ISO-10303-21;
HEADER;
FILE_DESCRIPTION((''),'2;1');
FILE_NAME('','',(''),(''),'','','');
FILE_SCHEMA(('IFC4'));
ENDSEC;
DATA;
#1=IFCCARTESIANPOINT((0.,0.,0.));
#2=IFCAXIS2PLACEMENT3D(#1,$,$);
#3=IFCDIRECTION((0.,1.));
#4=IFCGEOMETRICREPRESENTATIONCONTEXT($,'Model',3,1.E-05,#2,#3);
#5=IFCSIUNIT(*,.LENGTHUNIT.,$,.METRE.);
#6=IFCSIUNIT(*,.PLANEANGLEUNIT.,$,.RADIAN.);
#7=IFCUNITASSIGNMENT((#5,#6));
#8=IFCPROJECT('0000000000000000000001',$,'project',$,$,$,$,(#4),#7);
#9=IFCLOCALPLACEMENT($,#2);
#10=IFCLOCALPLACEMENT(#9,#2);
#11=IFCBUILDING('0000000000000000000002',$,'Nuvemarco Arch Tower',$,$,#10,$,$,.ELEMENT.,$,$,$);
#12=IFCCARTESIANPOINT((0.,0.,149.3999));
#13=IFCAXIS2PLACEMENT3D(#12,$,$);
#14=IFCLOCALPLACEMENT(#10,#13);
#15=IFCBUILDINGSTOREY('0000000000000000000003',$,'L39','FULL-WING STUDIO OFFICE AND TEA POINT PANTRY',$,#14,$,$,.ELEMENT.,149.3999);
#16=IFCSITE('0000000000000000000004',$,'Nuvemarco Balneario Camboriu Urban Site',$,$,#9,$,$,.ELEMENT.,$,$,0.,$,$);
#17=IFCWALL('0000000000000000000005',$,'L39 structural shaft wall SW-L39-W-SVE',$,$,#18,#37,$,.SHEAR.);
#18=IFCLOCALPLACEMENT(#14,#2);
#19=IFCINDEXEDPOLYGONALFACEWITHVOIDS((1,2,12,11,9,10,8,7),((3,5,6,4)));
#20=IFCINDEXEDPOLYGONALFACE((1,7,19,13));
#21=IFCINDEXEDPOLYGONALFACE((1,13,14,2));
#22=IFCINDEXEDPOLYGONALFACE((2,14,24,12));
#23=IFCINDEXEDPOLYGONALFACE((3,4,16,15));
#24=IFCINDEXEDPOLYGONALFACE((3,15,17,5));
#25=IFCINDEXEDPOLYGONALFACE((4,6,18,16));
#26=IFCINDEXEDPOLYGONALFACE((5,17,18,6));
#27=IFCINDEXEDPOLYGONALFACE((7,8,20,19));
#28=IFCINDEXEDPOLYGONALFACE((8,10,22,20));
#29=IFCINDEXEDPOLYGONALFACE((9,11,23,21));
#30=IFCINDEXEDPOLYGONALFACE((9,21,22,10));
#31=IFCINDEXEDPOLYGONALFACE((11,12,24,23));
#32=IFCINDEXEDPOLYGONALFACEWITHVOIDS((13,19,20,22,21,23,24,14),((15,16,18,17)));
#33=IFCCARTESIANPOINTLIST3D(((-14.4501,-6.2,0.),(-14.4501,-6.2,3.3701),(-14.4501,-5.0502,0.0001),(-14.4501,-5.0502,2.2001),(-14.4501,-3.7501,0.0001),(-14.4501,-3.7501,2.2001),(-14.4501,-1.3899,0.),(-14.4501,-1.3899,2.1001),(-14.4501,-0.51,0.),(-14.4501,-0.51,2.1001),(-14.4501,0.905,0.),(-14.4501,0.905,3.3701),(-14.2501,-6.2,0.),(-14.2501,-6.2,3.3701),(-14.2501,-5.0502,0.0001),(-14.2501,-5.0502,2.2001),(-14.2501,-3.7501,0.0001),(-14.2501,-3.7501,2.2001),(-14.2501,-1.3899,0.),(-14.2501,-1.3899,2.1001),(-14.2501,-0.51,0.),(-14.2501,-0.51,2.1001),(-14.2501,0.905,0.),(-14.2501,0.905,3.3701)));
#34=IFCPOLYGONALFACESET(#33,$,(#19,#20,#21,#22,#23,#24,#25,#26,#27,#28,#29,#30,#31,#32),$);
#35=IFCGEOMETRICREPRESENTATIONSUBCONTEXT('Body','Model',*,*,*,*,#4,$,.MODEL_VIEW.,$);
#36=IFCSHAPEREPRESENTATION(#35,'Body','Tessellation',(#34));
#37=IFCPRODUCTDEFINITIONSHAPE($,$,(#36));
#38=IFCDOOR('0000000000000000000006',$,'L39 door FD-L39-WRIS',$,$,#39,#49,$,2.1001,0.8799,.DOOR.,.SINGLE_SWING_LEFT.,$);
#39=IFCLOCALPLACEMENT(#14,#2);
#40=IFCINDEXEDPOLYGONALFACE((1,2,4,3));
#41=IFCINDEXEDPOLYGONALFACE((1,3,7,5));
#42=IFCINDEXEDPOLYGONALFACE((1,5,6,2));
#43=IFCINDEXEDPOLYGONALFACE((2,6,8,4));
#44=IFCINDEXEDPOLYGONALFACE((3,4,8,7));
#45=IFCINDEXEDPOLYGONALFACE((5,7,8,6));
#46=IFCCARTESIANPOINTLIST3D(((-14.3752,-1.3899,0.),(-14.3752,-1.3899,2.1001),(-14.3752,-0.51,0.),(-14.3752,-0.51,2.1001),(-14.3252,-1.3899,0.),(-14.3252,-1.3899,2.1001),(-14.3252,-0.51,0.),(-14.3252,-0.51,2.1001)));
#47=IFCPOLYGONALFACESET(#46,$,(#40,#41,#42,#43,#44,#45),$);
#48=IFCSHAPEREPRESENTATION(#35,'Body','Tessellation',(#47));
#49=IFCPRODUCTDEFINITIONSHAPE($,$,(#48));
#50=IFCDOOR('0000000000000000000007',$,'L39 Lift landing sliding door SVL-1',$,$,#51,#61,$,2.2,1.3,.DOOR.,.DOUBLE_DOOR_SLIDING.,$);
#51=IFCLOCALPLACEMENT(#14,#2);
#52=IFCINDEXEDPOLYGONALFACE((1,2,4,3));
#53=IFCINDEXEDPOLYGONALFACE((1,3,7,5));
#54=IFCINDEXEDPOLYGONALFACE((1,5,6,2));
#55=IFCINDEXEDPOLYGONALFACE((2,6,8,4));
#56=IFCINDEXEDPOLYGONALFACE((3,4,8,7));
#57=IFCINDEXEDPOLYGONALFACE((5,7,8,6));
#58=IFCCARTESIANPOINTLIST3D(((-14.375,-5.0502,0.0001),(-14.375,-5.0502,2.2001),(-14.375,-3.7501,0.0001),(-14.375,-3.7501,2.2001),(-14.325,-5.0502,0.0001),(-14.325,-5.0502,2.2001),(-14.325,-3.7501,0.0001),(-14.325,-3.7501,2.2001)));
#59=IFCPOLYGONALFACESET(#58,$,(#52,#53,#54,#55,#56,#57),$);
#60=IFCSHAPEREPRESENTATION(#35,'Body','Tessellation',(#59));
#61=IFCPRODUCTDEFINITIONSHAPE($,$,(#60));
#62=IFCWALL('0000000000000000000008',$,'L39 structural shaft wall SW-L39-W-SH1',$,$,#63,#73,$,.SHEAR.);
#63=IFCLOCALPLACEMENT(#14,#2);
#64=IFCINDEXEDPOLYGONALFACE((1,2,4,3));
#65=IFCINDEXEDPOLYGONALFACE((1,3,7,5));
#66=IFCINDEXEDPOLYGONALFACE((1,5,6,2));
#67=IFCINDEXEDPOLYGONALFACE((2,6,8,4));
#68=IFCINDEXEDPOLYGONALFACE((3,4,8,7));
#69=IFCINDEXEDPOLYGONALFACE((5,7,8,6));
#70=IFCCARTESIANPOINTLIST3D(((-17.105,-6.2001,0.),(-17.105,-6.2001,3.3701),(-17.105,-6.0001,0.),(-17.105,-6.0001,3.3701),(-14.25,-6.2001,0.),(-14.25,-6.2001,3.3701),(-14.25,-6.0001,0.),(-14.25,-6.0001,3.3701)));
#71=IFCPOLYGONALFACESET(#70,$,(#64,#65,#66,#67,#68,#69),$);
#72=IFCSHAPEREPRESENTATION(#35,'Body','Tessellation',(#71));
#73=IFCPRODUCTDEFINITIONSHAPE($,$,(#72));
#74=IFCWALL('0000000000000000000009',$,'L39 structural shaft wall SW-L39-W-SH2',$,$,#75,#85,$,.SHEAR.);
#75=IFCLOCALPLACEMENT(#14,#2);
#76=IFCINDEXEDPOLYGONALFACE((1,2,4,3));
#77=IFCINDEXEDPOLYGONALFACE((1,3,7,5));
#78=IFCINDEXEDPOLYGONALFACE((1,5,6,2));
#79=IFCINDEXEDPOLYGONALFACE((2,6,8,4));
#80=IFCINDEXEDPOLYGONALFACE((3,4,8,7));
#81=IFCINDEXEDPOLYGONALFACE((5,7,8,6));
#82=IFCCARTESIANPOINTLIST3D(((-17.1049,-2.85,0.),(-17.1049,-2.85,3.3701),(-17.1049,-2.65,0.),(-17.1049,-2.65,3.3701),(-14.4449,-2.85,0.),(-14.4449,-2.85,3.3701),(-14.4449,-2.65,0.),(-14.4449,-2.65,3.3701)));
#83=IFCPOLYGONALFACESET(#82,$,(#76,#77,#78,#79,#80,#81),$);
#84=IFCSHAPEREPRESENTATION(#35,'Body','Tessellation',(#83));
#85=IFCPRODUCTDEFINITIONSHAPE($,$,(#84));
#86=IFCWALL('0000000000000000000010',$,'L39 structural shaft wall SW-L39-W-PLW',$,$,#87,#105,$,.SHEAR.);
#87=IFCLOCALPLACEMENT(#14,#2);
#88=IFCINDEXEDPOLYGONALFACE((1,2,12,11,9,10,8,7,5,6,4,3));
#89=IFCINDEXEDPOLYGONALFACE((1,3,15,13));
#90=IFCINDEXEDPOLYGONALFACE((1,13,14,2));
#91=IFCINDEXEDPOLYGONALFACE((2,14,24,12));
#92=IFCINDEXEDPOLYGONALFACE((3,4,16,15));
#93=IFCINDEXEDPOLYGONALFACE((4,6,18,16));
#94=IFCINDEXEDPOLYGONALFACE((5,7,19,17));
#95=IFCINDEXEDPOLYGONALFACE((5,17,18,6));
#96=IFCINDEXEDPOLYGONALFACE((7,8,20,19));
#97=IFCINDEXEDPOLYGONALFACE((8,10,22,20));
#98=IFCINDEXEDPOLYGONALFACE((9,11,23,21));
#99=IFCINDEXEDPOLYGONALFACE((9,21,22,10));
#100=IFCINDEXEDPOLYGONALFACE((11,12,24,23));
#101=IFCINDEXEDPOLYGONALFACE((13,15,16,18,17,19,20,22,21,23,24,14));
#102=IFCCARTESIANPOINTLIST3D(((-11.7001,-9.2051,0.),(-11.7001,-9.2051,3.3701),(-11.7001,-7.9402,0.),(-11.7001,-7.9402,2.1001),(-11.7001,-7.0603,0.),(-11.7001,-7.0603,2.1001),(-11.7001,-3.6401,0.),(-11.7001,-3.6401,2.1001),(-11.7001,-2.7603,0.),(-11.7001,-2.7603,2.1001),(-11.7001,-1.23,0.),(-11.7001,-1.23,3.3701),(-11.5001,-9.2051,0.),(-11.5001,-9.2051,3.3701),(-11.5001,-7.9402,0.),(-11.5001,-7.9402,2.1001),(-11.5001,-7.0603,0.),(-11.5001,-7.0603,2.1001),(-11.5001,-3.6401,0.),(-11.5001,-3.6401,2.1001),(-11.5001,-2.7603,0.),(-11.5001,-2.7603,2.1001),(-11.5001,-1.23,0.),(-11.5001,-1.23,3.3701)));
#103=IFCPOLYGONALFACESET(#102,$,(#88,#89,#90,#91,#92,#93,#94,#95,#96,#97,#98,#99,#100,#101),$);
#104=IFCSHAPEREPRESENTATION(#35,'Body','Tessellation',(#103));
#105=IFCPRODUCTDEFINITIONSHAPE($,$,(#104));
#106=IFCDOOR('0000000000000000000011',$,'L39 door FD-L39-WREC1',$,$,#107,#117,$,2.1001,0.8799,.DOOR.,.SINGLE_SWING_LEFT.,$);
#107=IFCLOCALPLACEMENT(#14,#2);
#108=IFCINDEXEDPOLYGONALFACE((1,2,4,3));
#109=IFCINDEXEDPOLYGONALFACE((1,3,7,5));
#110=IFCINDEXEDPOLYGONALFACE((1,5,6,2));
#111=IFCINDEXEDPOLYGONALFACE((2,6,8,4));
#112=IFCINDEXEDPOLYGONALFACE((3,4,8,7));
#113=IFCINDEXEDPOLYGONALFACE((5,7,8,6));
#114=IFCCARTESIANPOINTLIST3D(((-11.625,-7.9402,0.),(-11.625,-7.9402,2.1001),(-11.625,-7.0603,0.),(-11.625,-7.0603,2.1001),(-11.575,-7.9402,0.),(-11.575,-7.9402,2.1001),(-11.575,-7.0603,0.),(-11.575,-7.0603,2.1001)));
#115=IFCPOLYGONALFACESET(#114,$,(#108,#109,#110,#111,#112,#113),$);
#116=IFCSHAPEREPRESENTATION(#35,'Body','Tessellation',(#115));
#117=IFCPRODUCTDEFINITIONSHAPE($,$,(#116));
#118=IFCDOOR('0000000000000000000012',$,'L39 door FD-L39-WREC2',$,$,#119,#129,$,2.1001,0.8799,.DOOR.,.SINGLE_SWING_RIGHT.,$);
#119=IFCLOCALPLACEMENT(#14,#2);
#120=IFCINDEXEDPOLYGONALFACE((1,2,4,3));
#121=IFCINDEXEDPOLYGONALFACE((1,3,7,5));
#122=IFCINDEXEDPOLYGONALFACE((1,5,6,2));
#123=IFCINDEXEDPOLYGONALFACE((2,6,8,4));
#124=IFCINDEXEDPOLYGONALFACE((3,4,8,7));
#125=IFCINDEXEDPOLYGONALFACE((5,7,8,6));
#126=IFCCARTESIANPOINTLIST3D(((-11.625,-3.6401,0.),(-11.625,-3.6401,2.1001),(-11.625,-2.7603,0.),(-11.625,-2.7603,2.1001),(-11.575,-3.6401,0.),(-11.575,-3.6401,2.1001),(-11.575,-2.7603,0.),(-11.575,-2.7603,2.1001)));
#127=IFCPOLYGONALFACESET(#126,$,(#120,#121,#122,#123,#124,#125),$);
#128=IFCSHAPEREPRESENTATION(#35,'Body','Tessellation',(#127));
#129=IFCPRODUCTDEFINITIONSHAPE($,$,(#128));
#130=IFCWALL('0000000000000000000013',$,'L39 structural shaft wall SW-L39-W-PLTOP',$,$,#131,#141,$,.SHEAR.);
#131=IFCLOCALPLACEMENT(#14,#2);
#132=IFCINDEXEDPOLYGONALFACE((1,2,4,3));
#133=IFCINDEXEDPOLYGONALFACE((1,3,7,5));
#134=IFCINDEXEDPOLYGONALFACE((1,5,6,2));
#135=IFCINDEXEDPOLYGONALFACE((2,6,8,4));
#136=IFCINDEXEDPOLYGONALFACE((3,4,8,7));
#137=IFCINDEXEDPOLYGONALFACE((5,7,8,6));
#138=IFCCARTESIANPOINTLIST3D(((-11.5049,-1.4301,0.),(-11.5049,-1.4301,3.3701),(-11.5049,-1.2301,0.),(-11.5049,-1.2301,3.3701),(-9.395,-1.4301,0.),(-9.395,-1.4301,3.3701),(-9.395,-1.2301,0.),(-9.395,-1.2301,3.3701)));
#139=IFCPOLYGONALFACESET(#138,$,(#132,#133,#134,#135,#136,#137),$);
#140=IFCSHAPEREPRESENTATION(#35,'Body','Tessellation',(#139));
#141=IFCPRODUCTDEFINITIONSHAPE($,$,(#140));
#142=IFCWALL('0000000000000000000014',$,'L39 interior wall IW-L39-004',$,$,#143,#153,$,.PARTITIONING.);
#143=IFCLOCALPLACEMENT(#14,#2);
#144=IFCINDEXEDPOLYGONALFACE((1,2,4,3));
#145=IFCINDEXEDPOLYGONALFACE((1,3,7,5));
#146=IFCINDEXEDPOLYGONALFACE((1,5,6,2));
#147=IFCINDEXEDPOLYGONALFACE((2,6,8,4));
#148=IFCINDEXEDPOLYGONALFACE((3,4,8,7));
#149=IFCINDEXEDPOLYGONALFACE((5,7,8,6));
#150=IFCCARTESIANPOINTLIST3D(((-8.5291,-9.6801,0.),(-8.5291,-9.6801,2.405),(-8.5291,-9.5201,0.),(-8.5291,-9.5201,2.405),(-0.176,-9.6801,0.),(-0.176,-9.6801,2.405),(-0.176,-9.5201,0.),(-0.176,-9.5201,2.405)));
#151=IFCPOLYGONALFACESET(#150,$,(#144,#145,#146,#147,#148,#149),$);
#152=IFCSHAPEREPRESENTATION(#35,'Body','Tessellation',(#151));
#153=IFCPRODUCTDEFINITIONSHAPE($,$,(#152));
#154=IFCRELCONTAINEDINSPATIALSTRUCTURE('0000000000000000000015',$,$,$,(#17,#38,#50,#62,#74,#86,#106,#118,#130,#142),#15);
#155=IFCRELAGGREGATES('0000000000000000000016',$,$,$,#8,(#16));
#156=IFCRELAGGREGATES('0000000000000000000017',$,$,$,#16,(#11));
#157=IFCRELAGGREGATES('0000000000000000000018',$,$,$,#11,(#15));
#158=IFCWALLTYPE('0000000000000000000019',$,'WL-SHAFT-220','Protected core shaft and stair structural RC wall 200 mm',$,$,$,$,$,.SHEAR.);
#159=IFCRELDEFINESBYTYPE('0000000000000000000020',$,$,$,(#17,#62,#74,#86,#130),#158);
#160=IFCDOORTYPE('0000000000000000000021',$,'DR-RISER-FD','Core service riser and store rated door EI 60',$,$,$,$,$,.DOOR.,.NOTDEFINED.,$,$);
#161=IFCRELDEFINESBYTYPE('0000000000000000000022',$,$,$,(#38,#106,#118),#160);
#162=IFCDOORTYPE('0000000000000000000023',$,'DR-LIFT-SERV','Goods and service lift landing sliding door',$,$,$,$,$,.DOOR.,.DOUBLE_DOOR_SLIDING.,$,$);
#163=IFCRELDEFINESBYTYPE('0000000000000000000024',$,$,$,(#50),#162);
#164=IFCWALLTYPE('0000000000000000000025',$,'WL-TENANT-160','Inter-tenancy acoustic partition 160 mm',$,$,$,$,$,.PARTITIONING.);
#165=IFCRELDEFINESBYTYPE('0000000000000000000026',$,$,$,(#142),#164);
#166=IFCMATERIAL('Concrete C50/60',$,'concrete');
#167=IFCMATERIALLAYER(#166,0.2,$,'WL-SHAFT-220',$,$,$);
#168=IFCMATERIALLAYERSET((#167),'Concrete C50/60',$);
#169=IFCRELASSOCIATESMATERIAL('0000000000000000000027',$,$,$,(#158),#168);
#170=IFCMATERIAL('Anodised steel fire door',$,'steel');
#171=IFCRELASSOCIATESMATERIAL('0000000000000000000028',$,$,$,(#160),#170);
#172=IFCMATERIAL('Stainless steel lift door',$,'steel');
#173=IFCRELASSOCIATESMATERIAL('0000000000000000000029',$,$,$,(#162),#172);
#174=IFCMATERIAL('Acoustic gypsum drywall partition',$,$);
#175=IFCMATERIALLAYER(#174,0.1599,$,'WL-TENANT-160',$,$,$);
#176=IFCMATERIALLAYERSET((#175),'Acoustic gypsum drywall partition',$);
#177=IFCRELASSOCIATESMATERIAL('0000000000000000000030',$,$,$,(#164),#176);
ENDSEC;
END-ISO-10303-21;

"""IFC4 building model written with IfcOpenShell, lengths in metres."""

from ifc_helpers import new_model, si_unit, direction, frame, frame_2d, origin, place, context, subcontext, project, spatial, rectangle, extrude, source, transform, mapped, material, layer, layer_set, type_object, type_shapes, element, fill, save


model = new_model("IFC4")

# Units and contexts
model_context = context("Model", 3, precision=1e-05, world=origin(), true_north=direction((0.0, 1.0)))
body_context = subcontext(model_context, "Body", "Model", "MODEL_VIEW")
ifc_project = project(units=[si_unit("LENGTHUNIT", "METRE"), si_unit("PLANEANGLEUNIT", "RADIAN")], contexts=[model_context])

# Site, building, storey
site_placement = place(None, origin())
site = spatial("IfcSite", under=ifc_project, at=site_placement, Name="Nuvemarco Balneario Camboriu Urban Site", CompositionType="ELEMENT", RefElevation=0.0)
building_placement = place(site_placement, origin())
building = spatial("IfcBuilding", under=site, at=building_placement, Name="Nuvemarco Arch Tower", CompositionType="ELEMENT")
storey_placement = place(building_placement, frame((0.0, 0.0, 149.3999)))
storey = spatial("IfcBuildingStorey", under=building, at=storey_placement, Name="L39", Description="FULL-WING STUDIO OFFICE AND TEA POINT PANTRY", CompositionType="ELEMENT", Elevation=149.3999)

# Shared definitions
ifc_material_1 = material(Name="Concrete C50/60", Category="concrete")

# Shared definitions
ifc_material_2 = material(Name="Anodised steel fire door", Category="steel")

# Shared definitions
ifc_layer_1 = layer(ifc_material_1, 0.2, Name="WL-SHAFT-220")
ifc_layer_set_1 = layer_set([ifc_layer_1], Name="Concrete C50/60")
wall_type_1 = type_object("IfcWallType", Name="WL-SHAFT-220", Description="Protected core shaft and stair structural RC wall 200 mm", PredefinedType="SHEAR", material=ifc_layer_set_1)
ifc_material_3 = material(Name="Stainless steel lift door", Category="steel")

# Wall, openings, doors
wall_1_placement = place(storey_placement, frame((-14.3501, -6.2, 0.0), z_axis=(0.0, 0.0, 1.0), x_axis=(0.0, 1.0, 0.0)))
wall_1 = element("IfcWall", 1, at=wall_1_placement, inside=storey, type_object=wall_type_1, Name="L39 structural shaft wall SW-L39-W-SVE", PredefinedType="SHEAR", context=body_context, shape_type="SweptSolid", body=[
    extrude(rectangle(XDim=7.105, YDim=0.2, at=frame_2d((3.5525, 0.0))), origin(), (0.0, 0.0, 1.0), 3.3701),
])
opening_1_placement = place(wall_1_placement, frame((5.6899, 0.0, 0.0), z_axis=(0.0, 0.0, 1.0), x_axis=(-1.0, 0.0, 0.0)))
opening_1 = element("IfcOpeningElement", 2, at=opening_1_placement, cuts=wall_1, PredefinedType="OPENING", context=body_context, shape_type="SweptSolid", body=[
    extrude(rectangle(XDim=0.8799, YDim=2.1001, at=frame_2d((0.4399, 1.05))), frame((0.0, 0.1099, 0.0), z_axis=(0.0, -1.0, 0.0), x_axis=(1.0, 0.0, 0.0)), (0.0, 0.0, 1.0), 0.22),
])
opening_2_placement = place(wall_1_placement, frame((1.1499, 0.0, 0.0)))
opening_2 = element("IfcOpeningElement", 3, at=opening_2_placement, cuts=wall_1, PredefinedType="OPENING", context=body_context, shape_type="SweptSolid", body=[
    extrude(rectangle(XDim=1.3, YDim=2.2, at=frame_2d((0.6499, 1.1001))), frame((0.0, 0.1099, 0.0), z_axis=(0.0, -1.0, 0.0), x_axis=(1.0, 0.0, 0.0)), (0.0, 0.0, 1.0), 0.22),
])
door_type_1 = type_object("IfcDoorType", Name="DR-RISER-FD", Description="Core service riser and store rated door EI 60", OperationType="NOTDEFINED", PredefinedType="DOOR", material=ifc_material_2)
shared_shape_1 = source(origin(), body_context, "Body", "SweptSolid", [
    extrude(rectangle(XDim=0.8799, YDim=2.1001, at=frame_2d((0.4399, 1.05))), frame((0.0, 0.0249, 0.0), z_axis=(0.0, -1.0, 0.0), x_axis=(1.0, 0.0, 0.0)), (0.0, 0.0, 1.0), 0.05),
])
type_shapes(door_type_1, [shared_shape_1])
door_1_placement = place(opening_1_placement, origin())
door_1 = element("IfcDoor", 4, at=door_1_placement, inside=storey, type_object=door_type_1, Name="L39 door FD-L39-WRIS", OperationType="SINGLE_SWING_LEFT", OverallHeight=2.1001, OverallWidth=0.8799, PredefinedType="DOOR", context=body_context, shape_type="MappedRepresentation", body=[
    mapped(shared_shape_1, transform((0.0, 0.0, 0.0), scale=1.0)),
])
fill(opening_1, door_1)
door_type_2 = type_object("IfcDoorType", Name="DR-LIFT-SERV", Description="Goods and service lift landing sliding door", OperationType="DOUBLE_DOOR_SLIDING", PredefinedType="DOOR", material=ifc_material_3)
shared_shape_2 = source(origin(), body_context, "Body", "SweptSolid", [
    extrude(rectangle(XDim=1.3, YDim=2.2, at=frame_2d((0.6499, 1.1001))), frame((0.0, 0.0249, 0.0), z_axis=(0.0, -1.0, 0.0), x_axis=(1.0, 0.0, 0.0)), (0.0, 0.0, 1.0), 0.05),
])
type_shapes(door_type_2, [shared_shape_2])
door_2_placement = place(opening_2_placement, origin())
door_2 = element("IfcDoor", 5, at=door_2_placement, inside=storey, type_object=door_type_2, Name="L39 Lift landing sliding door SVL-1", OperationType="DOUBLE_DOOR_SLIDING", OverallHeight=2.2, OverallWidth=1.3, PredefinedType="DOOR", context=body_context, shape_type="MappedRepresentation", body=[
    mapped(shared_shape_2, transform((0.0, 0.0, 0.0), scale=1.0)),
])
fill(opening_2, door_2)

# Walls
wall_2_placement = place(storey_placement, frame((-17.105, -6.1001, 0.0), z_axis=(0.0, 0.0, 1.0), x_axis=(1.0, 0.0, 0.0)))
element("IfcWall", 6, at=wall_2_placement, inside=storey, type_object=wall_type_1, Name="L39 structural shaft wall SW-L39-W-SH1", PredefinedType="SHEAR", context=body_context, shape_type="SweptSolid", body=[
    extrude(rectangle(XDim=2.855, YDim=0.2, at=frame_2d((1.4275, 0.0))), origin(), (0.0, 0.0, 1.0), 3.3701),
])
wall_3_placement = place(storey_placement, frame((-17.105, -2.75, 0.0), z_axis=(0.0, 0.0, 1.0), x_axis=(1.0, 0.0, 0.0)))
element("IfcWall", 7, at=wall_3_placement, inside=storey, type_object=wall_type_1, Name="L39 structural shaft wall SW-L39-W-SH2", PredefinedType="SHEAR", context=body_context, shape_type="SweptSolid", body=[
    extrude(rectangle(XDim=2.6599, YDim=0.2, at=frame_2d((1.3301, 0.0))), origin(), (0.0, 0.0, 1.0), 3.3701),
])

# Wall, openings, doors
wall_4_placement = place(storey_placement, frame((-11.6001, -9.2051, 0.0), z_axis=(0.0, 0.0, 1.0), x_axis=(0.0, 1.0, 0.0)))
wall_4 = element("IfcWall", 8, at=wall_4_placement, inside=storey, type_object=wall_type_1, Name="L39 structural shaft wall SW-L39-W-PLW", PredefinedType="SHEAR", context=body_context, shape_type="SweptSolid", body=[
    extrude(rectangle(XDim=7.9751, YDim=0.2, at=frame_2d((3.9875, 0.0))), origin(), (0.0, 0.0, 1.0), 3.3701),
])
opening_3_placement = place(wall_4_placement, frame((1.2649, 0.0, 0.0)))
opening_3 = element("IfcOpeningElement", 9, at=opening_3_placement, cuts=wall_4, PredefinedType="OPENING", context=body_context, shape_type="SweptSolid", body=[
    extrude(rectangle(XDim=0.8799, YDim=2.1001, at=frame_2d((0.4399, 1.05))), frame((0.0, 0.1099, 0.0), z_axis=(0.0, -1.0, 0.0), x_axis=(1.0, 0.0, 0.0)), (0.0, 0.0, 1.0), 0.22),
])
opening_4_placement = place(wall_4_placement, frame((5.5649, 0.0, 0.0)))
opening_4 = element("IfcOpeningElement", 10, at=opening_4_placement, cuts=wall_4, PredefinedType="OPENING", context=body_context, shape_type="SweptSolid", body=[
    extrude(rectangle(XDim=0.8799, YDim=2.1001, at=frame_2d((0.4399, 1.05))), frame((0.0, 0.1099, 0.0), z_axis=(0.0, -1.0, 0.0), x_axis=(1.0, 0.0, 0.0)), (0.0, 0.0, 1.0), 0.22),
])
door_3_placement = place(opening_3_placement, origin())
door_3 = element("IfcDoor", 11, at=door_3_placement, inside=storey, type_object=door_type_1, Name="L39 door FD-L39-WREC1", OperationType="SINGLE_SWING_LEFT", OverallHeight=2.1001, OverallWidth=0.8799, PredefinedType="DOOR", context=body_context, shape_type="MappedRepresentation", body=[
    mapped(shared_shape_1, transform((0.0, 0.0, 0.0), scale=1.0)),
])
fill(opening_3, door_3)
door_4_placement = place(opening_4_placement, origin())
door_4 = element("IfcDoor", 12, at=door_4_placement, inside=storey, type_object=door_type_1, Name="L39 door FD-L39-WREC2", OperationType="SINGLE_SWING_RIGHT", OverallHeight=2.1001, OverallWidth=0.8799, PredefinedType="DOOR", context=body_context, shape_type="MappedRepresentation", body=[
    mapped(shared_shape_1, transform((0.0, 0.0, 0.0), scale=1.0)),
])
fill(opening_4, door_4)

# Walls
wall_5_placement = place(storey_placement, frame((-11.5049, -1.3301, 0.0), z_axis=(0.0, 0.0, 1.0), x_axis=(1.0, 0.0, 0.0)))
element("IfcWall", 13, at=wall_5_placement, inside=storey, type_object=wall_type_1, Name="L39 structural shaft wall SW-L39-W-PLTOP", PredefinedType="SHEAR", context=body_context, shape_type="SweptSolid", body=[
    extrude(rectangle(XDim=2.1099, YDim=0.2, at=frame_2d((1.0549, 0.0))), origin(), (0.0, 0.0, 1.0), 3.3701),
])
ifc_material_4 = material(Name="Acoustic gypsum drywall partition")
ifc_layer_2 = layer(ifc_material_4, 0.1599, Name="WL-TENANT-160")
ifc_layer_set_2 = layer_set([ifc_layer_2], Name="Acoustic gypsum drywall partition")
wall_type_2 = type_object("IfcWallType", Name="WL-TENANT-160", Description="Inter-tenancy acoustic partition 160 mm", PredefinedType="PARTITIONING", material=ifc_layer_set_2)
wall_6_placement = place(storey_placement, frame((-8.5291, -9.6001, 0.0), z_axis=(0.0, 0.0, 1.0), x_axis=(1.0, 0.0, 0.0)))
element("IfcWall", 14, at=wall_6_placement, inside=storey, type_object=wall_type_2, Name="L39 interior wall IW-L39-004", PredefinedType="PARTITIONING", context=body_context, shape_type="SweptSolid", body=[
    extrude(rectangle(XDim=8.353, YDim=0.1599, at=frame_2d((4.1765, 0.0))), origin(), (0.0, 0.0, 1.0), 2.405),
])

save(model, "model.ifc")
